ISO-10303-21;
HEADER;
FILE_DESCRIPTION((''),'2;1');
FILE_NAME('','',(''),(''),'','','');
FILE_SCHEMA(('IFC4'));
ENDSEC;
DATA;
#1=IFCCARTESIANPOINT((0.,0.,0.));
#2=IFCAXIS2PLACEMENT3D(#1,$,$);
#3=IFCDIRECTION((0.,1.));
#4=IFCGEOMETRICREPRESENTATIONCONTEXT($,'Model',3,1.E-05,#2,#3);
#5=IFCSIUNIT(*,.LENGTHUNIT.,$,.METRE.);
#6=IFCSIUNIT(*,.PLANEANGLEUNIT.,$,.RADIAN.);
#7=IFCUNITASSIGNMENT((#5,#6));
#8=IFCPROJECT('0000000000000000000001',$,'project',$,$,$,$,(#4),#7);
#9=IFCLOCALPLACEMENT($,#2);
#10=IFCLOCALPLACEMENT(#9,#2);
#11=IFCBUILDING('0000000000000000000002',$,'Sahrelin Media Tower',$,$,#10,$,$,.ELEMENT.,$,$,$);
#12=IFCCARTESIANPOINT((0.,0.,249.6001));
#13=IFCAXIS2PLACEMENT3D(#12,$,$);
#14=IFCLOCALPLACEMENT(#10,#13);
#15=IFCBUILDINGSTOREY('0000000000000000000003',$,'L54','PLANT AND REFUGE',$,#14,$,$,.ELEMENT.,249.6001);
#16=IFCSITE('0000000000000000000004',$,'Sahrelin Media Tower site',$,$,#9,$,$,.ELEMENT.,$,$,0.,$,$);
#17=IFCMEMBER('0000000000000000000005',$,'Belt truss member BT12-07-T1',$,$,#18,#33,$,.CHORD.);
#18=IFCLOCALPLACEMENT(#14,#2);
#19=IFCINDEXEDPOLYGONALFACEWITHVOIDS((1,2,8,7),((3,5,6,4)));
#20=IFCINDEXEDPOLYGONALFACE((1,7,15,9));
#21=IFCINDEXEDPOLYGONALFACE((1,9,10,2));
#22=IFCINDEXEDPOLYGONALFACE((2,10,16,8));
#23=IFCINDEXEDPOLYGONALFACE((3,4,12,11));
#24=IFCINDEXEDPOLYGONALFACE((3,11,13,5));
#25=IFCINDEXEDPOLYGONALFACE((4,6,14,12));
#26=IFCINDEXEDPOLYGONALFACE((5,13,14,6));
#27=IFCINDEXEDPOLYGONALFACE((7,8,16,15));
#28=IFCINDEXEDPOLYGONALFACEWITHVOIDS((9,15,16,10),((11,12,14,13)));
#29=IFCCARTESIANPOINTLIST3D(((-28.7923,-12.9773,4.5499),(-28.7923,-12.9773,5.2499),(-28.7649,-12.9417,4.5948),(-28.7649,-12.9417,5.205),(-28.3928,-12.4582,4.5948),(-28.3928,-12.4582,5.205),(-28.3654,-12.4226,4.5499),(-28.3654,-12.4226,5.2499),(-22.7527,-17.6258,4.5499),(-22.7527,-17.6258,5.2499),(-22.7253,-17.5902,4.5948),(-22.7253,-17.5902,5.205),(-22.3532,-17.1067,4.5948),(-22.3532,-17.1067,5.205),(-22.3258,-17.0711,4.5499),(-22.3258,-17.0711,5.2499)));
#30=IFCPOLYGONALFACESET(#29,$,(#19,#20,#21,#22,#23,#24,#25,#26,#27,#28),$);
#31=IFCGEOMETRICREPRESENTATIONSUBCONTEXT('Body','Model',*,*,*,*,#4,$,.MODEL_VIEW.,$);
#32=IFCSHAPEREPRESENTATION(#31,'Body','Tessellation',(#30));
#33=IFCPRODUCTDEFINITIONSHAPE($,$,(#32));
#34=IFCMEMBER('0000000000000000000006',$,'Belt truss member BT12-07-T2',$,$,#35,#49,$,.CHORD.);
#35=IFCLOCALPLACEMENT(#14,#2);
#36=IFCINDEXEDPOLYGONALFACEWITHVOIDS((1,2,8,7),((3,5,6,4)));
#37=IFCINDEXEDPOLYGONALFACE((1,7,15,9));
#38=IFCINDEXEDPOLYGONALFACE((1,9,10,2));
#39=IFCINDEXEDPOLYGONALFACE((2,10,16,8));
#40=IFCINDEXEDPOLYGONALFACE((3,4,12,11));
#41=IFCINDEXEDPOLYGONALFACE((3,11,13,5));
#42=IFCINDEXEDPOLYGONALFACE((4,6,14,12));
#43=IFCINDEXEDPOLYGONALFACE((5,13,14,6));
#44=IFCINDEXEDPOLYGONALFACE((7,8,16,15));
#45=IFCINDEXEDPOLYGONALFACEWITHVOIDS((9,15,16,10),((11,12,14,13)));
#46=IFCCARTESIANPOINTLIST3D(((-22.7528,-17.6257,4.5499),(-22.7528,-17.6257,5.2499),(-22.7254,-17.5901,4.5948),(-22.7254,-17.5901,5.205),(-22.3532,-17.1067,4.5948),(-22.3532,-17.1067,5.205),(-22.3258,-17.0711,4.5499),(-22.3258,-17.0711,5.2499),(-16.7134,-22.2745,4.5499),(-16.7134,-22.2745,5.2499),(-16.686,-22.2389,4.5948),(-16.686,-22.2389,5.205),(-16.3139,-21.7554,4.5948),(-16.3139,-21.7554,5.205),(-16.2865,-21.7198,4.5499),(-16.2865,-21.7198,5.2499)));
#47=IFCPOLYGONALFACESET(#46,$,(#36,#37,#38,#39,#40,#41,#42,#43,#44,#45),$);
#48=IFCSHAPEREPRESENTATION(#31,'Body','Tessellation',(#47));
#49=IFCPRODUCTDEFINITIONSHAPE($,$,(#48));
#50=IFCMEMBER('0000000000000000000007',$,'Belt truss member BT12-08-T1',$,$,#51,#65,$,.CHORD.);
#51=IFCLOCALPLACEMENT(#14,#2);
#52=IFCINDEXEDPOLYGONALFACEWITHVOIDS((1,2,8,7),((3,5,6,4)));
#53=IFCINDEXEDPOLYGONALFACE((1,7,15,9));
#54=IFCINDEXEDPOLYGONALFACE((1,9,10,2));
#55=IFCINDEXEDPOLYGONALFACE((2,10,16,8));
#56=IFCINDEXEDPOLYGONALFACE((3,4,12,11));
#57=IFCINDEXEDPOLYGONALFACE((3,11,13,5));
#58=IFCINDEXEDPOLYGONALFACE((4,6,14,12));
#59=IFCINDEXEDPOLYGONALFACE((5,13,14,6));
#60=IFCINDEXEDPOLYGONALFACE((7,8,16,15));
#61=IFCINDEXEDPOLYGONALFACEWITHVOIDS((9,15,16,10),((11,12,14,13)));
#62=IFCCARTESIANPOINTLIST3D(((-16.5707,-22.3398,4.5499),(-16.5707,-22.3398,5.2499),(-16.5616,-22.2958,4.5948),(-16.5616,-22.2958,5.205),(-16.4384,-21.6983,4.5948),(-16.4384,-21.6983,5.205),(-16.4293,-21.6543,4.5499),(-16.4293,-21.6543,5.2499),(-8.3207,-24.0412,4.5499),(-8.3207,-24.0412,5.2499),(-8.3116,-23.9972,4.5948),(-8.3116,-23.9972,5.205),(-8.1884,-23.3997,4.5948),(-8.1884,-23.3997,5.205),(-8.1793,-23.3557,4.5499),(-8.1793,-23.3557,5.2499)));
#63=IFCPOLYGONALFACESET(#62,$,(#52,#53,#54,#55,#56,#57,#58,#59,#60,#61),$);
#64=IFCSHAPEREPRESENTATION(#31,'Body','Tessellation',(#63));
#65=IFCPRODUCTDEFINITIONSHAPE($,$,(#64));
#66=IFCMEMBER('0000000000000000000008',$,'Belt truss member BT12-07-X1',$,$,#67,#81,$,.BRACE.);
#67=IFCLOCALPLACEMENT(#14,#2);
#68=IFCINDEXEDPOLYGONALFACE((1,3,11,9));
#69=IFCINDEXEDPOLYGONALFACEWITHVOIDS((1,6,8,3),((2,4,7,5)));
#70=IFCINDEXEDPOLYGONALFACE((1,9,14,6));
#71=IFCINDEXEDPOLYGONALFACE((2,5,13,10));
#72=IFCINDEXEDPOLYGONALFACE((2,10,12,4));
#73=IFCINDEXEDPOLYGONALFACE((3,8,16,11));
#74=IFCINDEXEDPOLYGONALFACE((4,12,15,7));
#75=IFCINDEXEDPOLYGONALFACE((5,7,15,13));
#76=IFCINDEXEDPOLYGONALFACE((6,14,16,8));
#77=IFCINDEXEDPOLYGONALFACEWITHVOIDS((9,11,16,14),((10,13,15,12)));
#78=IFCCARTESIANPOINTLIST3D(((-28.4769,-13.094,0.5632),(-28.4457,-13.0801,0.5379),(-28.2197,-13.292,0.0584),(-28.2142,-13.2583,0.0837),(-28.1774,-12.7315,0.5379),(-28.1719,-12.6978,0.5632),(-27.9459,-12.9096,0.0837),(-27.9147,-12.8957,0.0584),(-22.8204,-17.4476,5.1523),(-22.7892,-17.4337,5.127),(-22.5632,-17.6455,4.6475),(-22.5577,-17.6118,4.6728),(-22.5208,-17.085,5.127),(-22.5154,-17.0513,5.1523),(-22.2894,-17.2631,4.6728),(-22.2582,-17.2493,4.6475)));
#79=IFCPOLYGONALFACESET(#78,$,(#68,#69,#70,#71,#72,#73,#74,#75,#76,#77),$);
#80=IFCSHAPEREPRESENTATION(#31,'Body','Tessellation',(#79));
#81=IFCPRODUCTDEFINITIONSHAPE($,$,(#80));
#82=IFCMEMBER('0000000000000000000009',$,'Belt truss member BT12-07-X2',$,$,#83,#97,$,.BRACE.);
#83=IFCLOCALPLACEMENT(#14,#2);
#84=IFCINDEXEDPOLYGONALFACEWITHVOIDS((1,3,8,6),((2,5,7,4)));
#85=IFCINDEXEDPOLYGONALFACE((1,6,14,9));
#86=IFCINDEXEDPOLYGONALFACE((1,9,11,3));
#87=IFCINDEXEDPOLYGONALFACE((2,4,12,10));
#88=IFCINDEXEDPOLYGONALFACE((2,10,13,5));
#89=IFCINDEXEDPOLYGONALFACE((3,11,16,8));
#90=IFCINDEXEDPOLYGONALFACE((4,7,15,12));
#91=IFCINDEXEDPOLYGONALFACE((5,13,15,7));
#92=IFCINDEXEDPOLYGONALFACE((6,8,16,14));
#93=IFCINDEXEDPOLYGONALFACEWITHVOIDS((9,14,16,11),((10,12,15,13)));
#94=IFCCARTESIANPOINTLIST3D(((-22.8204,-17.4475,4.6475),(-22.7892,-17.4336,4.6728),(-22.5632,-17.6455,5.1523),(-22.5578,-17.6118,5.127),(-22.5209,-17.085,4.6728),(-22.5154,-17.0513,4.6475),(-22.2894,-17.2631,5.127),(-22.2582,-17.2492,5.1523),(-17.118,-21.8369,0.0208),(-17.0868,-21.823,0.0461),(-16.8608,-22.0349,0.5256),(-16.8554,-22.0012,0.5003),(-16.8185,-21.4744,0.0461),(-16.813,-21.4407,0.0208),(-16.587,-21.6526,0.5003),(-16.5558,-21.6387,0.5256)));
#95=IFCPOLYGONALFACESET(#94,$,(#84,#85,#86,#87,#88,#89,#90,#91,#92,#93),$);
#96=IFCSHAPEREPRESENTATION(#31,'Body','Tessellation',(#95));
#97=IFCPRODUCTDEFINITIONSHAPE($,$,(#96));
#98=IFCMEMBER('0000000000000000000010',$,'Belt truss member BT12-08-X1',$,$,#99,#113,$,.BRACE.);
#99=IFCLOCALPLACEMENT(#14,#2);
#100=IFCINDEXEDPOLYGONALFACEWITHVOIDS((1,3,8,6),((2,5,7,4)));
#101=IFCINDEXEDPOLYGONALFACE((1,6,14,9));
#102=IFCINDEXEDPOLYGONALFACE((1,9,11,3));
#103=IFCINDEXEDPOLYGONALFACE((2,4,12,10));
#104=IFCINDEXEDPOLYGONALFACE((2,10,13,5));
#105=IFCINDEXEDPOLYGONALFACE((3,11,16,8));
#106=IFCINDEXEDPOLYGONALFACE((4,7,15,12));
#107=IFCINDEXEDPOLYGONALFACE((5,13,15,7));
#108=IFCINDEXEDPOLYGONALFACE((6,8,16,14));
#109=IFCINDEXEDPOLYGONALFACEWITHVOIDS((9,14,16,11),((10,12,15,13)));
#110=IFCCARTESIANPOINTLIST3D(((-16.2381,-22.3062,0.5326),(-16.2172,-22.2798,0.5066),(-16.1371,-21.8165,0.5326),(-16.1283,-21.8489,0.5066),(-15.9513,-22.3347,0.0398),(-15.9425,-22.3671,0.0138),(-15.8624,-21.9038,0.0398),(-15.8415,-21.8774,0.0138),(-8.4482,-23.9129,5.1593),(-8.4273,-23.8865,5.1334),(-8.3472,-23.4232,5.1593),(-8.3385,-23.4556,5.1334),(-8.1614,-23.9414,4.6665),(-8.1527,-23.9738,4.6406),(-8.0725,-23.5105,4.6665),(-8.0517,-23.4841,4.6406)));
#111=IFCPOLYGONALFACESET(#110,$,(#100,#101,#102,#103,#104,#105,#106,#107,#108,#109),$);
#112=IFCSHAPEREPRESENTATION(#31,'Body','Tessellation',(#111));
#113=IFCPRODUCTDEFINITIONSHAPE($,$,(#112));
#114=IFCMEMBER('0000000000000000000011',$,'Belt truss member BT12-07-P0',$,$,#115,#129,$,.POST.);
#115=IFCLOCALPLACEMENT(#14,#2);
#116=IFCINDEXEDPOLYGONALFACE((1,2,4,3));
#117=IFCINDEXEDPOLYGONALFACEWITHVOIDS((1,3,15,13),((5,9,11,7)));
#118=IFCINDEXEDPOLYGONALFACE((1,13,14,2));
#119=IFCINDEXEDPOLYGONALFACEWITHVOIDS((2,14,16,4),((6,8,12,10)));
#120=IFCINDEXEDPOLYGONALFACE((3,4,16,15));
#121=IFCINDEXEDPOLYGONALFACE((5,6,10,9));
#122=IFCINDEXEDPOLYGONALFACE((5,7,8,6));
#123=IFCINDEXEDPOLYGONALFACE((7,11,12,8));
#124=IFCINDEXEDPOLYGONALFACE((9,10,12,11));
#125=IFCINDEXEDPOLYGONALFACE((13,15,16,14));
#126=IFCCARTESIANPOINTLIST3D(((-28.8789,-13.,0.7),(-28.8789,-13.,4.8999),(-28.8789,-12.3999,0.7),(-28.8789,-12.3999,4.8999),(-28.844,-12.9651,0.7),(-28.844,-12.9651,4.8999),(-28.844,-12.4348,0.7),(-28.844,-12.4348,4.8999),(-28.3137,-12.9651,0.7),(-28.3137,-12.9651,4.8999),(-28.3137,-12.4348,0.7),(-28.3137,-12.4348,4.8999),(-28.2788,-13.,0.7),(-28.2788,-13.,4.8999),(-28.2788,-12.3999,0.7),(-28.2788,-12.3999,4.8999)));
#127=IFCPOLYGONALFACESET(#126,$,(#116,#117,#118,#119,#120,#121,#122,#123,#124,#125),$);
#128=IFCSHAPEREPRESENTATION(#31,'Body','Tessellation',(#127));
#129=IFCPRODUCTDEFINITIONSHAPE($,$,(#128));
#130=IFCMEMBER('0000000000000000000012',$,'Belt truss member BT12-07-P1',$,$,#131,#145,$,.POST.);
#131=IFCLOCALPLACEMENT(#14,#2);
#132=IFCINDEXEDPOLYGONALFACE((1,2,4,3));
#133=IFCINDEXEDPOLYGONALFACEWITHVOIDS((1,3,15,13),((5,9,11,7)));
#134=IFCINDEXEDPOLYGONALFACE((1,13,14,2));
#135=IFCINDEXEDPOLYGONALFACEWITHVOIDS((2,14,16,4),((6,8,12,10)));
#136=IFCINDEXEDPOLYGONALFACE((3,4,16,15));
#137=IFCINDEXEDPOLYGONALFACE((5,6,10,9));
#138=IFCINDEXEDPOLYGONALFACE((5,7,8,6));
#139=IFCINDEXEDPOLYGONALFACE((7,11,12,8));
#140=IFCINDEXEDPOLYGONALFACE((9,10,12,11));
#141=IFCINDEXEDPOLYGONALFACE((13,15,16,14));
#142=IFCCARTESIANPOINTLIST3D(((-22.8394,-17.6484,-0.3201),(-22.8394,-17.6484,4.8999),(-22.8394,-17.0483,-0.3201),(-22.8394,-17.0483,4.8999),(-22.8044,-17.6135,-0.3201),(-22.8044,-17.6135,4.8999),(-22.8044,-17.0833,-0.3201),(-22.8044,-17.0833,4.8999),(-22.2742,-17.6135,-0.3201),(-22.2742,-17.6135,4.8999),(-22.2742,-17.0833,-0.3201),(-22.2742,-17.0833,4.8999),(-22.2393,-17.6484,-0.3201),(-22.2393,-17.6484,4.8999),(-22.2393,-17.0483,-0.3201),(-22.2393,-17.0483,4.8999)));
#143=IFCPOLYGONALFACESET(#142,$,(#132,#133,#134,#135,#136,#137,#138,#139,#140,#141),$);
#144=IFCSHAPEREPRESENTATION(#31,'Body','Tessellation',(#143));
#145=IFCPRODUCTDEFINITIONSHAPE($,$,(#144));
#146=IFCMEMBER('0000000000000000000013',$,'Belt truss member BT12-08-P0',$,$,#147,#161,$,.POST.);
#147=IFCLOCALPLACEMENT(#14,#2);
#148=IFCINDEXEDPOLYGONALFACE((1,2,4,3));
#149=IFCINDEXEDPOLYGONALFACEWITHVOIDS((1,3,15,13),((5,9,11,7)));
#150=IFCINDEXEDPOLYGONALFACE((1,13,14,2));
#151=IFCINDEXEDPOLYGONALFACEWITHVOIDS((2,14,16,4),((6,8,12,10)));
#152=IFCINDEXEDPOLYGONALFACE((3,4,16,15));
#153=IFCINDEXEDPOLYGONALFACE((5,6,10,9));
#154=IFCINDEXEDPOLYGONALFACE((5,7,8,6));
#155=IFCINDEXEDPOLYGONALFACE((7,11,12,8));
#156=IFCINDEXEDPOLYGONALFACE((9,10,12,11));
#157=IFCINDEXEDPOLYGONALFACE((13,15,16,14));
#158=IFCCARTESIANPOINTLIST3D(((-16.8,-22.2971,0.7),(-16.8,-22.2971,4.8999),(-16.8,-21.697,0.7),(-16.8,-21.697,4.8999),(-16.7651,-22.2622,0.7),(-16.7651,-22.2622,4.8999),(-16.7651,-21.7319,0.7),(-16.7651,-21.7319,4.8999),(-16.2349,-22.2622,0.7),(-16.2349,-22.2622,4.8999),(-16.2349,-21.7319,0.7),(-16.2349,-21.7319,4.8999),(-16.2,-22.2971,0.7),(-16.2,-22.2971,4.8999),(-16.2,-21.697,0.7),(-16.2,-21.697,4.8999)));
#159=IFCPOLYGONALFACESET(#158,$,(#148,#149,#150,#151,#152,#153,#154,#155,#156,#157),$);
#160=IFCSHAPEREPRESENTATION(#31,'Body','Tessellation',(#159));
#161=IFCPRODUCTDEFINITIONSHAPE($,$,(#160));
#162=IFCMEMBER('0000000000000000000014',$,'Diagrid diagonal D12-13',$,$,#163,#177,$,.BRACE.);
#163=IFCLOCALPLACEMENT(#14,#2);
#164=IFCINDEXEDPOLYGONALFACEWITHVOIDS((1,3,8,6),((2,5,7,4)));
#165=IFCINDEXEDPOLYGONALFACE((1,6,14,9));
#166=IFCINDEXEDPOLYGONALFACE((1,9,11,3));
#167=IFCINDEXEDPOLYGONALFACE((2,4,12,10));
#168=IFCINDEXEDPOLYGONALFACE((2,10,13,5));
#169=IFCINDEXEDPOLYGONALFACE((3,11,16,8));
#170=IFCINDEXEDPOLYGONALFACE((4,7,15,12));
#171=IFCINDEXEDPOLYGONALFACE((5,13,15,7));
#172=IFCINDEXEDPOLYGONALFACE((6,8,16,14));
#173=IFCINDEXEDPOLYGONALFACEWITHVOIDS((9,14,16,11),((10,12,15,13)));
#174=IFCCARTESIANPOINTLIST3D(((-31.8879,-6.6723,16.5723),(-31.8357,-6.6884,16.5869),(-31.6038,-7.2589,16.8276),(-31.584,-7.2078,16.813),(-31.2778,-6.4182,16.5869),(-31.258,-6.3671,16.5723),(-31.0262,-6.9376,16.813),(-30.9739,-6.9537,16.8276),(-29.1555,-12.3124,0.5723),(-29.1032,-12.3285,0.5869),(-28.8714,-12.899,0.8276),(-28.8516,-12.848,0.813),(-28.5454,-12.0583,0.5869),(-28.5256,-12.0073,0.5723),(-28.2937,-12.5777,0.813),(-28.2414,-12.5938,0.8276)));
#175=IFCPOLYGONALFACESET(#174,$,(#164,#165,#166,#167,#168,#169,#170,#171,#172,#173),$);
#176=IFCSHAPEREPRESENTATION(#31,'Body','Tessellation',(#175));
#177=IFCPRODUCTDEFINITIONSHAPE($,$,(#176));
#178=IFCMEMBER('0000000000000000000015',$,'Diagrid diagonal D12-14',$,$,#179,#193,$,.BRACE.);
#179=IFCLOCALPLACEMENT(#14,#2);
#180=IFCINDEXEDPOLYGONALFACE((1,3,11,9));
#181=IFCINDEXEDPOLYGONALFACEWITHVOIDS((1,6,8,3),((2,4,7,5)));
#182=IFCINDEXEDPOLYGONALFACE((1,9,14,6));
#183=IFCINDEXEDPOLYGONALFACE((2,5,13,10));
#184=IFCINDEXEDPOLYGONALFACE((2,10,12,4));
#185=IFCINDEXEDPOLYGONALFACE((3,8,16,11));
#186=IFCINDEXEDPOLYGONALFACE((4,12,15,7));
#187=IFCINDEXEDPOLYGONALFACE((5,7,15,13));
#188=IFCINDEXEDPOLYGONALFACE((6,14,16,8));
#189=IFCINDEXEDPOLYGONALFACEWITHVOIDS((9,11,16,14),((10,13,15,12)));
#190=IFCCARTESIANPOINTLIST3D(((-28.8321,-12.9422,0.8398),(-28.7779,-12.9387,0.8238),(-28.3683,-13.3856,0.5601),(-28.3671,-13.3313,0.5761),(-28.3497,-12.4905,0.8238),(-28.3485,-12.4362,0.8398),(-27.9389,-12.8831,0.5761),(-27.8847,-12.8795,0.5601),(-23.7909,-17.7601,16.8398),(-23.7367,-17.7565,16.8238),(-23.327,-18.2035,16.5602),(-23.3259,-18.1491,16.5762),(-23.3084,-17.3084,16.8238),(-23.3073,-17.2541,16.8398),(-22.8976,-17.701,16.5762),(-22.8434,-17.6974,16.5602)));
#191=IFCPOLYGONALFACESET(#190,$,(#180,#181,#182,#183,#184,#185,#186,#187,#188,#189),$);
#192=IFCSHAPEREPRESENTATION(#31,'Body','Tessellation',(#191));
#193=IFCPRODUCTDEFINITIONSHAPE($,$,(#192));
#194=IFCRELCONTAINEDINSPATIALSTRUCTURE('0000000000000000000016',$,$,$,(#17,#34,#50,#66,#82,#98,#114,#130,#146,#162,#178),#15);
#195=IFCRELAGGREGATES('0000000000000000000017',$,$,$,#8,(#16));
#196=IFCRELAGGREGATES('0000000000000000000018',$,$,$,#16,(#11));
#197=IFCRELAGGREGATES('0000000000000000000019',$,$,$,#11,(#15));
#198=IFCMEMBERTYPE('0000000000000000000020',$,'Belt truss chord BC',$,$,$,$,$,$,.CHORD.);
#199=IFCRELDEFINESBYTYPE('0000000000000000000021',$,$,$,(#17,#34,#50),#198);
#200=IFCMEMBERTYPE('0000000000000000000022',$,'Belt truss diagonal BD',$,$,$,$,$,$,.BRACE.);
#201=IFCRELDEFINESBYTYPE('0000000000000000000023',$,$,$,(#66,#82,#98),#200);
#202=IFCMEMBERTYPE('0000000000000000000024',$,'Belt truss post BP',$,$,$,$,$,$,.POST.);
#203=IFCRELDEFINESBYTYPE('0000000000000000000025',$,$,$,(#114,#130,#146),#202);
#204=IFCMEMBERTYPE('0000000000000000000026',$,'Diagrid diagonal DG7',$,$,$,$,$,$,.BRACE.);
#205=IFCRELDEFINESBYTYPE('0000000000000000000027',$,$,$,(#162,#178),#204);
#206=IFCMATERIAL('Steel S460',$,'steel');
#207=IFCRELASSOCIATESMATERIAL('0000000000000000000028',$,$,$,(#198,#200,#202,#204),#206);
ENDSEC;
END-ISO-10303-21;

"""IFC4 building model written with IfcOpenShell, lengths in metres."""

from ifc_helpers import new_model, si_unit, direction, frame, origin, origin_2d, place, context, subcontext, project, spatial, hollow_rectangle, extrude, material, material_profile, profile_set, type_object, element, save


model = new_model("IFC4")

# Units and contexts
model_context = context("Model", 3, precision=1e-05, world=origin(), true_north=direction((0.0, 1.0)))
body_context = subcontext(model_context, "Body", "Model", "MODEL_VIEW")
ifc_project = project(units=[si_unit("LENGTHUNIT", "METRE"), si_unit("PLANEANGLEUNIT", "RADIAN")], contexts=[model_context])

# Site, building, storey
site_placement = place(None, origin())
site = spatial("IfcSite", under=ifc_project, at=site_placement, Name="Sahrelin Media Tower site", CompositionType="ELEMENT", RefElevation=0.0)
building_placement = place(site_placement, origin())
building = spatial("IfcBuilding", under=site, at=building_placement, Name="Sahrelin Media Tower", CompositionType="ELEMENT")
storey_placement = place(building_placement, frame((0.0, 0.0, 249.6001)))
storey = spatial("IfcBuildingStorey", under=building, at=storey_placement, Name="L54", Description="PLANT AND REFUGE", CompositionType="ELEMENT", Elevation=249.6001)

# Members
ifc_material_1 = material(Name="Steel S460", Category="steel")
ifc_material_profile_1 = material_profile(ifc_material_1, hollow_rectangle(XDim=0.7, YDim=0.7, WallThickness=0.0449, at=origin_2d()), Name="Belt truss chord BC")
ifc_profile_set_1 = profile_set([ifc_material_profile_1], Name="Steel S460")
member_type_1 = type_object("IfcMemberType", Name="Belt truss chord BC", PredefinedType="CHORD", material=ifc_profile_set_1)
for number, where, z_axis, x_axis, name in (
    (1, (-28.5789, -12.7, 4.8999), (0.792457, -0.609927, 0.0), (0.609927, 0.792457, 0.0), "Belt truss member BT12-07-T1"),
    (2, (-22.5393, -17.3484, 4.8999), (0.79243, -0.609963, 0.0), (0.609963, 0.79243, 0.0), "Belt truss member BT12-07-T2"),
):
    element("IfcMember", number, at=place(storey_placement, frame(where, z_axis=z_axis, x_axis=x_axis)), inside=storey, type_object=member_type_1, Name=name, PredefinedType="CHORD", context=body_context, shape_type="SweptSolid", body=[
        extrude(hollow_rectangle(XDim=0.7, YDim=0.7, WallThickness=0.0449, at=origin_2d()), origin(), (0.0, 0.0, 1.0), 7.6213),
    ])
member_1_placement = place(storey_placement, frame((-16.5, -21.9971, 4.8999), z_axis=(0.979389, -0.201982, 0.0), x_axis=(0.201982, 0.979389, 0.0)))
element("IfcMember", 3, at=member_1_placement, inside=storey, type_object=member_type_1, Name="Belt truss member BT12-08-T1", PredefinedType="CHORD", context=body_context, shape_type="SweptSolid", body=[
    extrude(hollow_rectangle(XDim=0.7, YDim=0.7, WallThickness=0.0449, at=origin_2d()), origin(), (0.0, 0.0, 1.0), 8.4236),
])
ifc_material_profile_2 = material_profile(ifc_material_1, hollow_rectangle(XDim=0.5, YDim=0.6001, WallThickness=0.03, at=origin_2d()), Name="Belt truss diagonal BD")
ifc_profile_set_2 = profile_set([ifc_material_profile_2], Name="Steel S460")
member_type_2 = type_object("IfcMemberType", Name="Belt truss diagonal BD", PredefinedType="BRACE", material=ifc_profile_set_2)
member_2_placement = place(storey_placement, frame((-28.1958, -12.9949, 0.3108), z_axis=(0.666583, -0.513035, 0.540798), x_axis=(0.609919, 0.792464, 0.0)))
element("IfcMember", 4, at=member_2_placement, inside=storey, type_object=member_type_2, Name="Belt truss member BT12-07-X1", PredefinedType="BRACE", context=body_context, shape_type="SweptSolid", body=[
    extrude(hollow_rectangle(XDim=0.5, YDim=0.6001, WallThickness=0.03, at=origin_2d()), origin(), (0.0, 0.0, 1.0), 8.4858),
])
member_3_placement = place(storey_placement, frame((-16.8369, -21.7378, 0.2732), z_axis=(-0.666545, 0.513072, 0.54081), x_axis=(-0.609968, -0.792426, 0.0)))
element("IfcMember", 5, at=member_3_placement, inside=storey, type_object=member_type_2, Name="Belt truss member BT12-07-X2", PredefinedType="BRACE", context=body_context, shape_type="SweptSolid", body=[
    extrude(hollow_rectangle(XDim=0.5, YDim=0.6001, WallThickness=0.03, at=origin_2d()), origin(), (0.0, 0.0, 1.0), 8.5552),
])
member_4_placement = place(storey_placement, frame((-16.0398, -22.0918, 0.2732), z_axis=(0.846573, -0.17461, 0.502818), x_axis=(0.202004, 0.979385, 0.0)))
element("IfcMember", 6, at=member_4_placement, inside=storey, type_object=member_type_2, Name="Belt truss member BT12-08-X1", PredefinedType="BRACE", context=body_context, shape_type="SweptSolid", body=[
    extrude(hollow_rectangle(XDim=0.5, YDim=0.6001, WallThickness=0.03, at=origin_2d()), origin(), (0.0, 0.0, 1.0), 9.2017),
])
ifc_material_profile_3 = material_profile(ifc_material_1, hollow_rectangle(XDim=0.6001, YDim=0.6001, WallThickness=0.0349, at=origin_2d()), Name="Belt truss post BP")
ifc_profile_set_3 = profile_set([ifc_material_profile_3], Name="Steel S460")
member_type_3 = type_object("IfcMemberType", Name="Belt truss post BP", PredefinedType="POST", material=ifc_profile_set_3)
member_5_placement = place(storey_placement, frame((-28.5789, -12.7, 0.7), z_axis=(0.0, 0.0, 1.0), x_axis=(1.0, 0.0, 0.0)))
element("IfcMember", 7, at=member_5_placement, inside=storey, type_object=member_type_3, Name="Belt truss member BT12-07-P0", PredefinedType="POST", context=body_context, shape_type="SweptSolid", body=[
    extrude(hollow_rectangle(XDim=0.6001, YDim=0.6001, WallThickness=0.0349, at=origin_2d()), origin(), (0.0, 0.0, 1.0), 4.2),
])
member_6_placement = place(storey_placement, frame((-22.5393, -17.3484, -0.3201), z_axis=(0.0, 0.0, 1.0), x_axis=(1.0, 0.0, 0.0)))
element("IfcMember", 8, at=member_6_placement, inside=storey, type_object=member_type_3, Name="Belt truss member BT12-07-P1", PredefinedType="POST", context=body_context, shape_type="SweptSolid", body=[
    extrude(hollow_rectangle(XDim=0.6001, YDim=0.6001, WallThickness=0.0349, at=origin_2d()), origin(), (0.0, 0.0, 1.0), 5.22),
])
member_7_placement = place(storey_placement, frame((-16.5, -21.9971, 0.7), z_axis=(0.0, 0.0, 1.0), x_axis=(1.0, 0.0, 0.0)))
element("IfcMember", 9, at=member_7_placement, inside=storey, type_object=member_type_3, Name="Belt truss member BT12-08-P0", PredefinedType="POST", context=body_context, shape_type="SweptSolid", body=[
    extrude(hollow_rectangle(XDim=0.6001, YDim=0.6001, WallThickness=0.0349, at=origin_2d()), origin(), (0.0, 0.0, 1.0), 4.2),
])
ifc_material_profile_4 = material_profile(ifc_material_1, hollow_rectangle(XDim=0.7, YDim=0.7, WallThickness=0.04, at=origin_2d()), Name="Diagrid diagonal DG7")
ifc_profile_set_4 = profile_set([ifc_material_profile_4], Name="Steel S460")
member_type_4 = type_object("IfcMemberType", Name="Diagrid diagonal DG7", PredefinedType="BRACE", material=ifc_profile_set_4)
member_8_placement = place(storey_placement, frame((-28.6985, -12.4531, 0.7), z_axis=(-0.159013, 0.328227, 0.931119), x_axis=(-0.899951, -0.435991, 0.0)))
element("IfcMember", 10, at=member_8_placement, inside=storey, type_object=member_type_4, Name="Diagrid diagonal D12-13", PredefinedType="BRACE", context=body_context, shape_type="SweptSolid", body=[
    extrude(hollow_rectangle(XDim=0.7, YDim=0.7, WallThickness=0.04, at=origin_2d()), origin(), (0.0, 0.0, 1.0), 17.1836),
])
member_9_placement = place(storey_placement, frame((-28.3584, -12.9109, 0.7), z_axis=(0.288839, -0.27604, 0.916719), x_axis=(0.690908, 0.722943, 0.0)))
element("IfcMember", 11, at=member_9_placement, inside=storey, type_object=member_type_4, Name="Diagrid diagonal D12-14", PredefinedType="BRACE", context=body_context, shape_type="SweptSolid", body=[
    extrude(hollow_rectangle(XDim=0.7, YDim=0.7, WallThickness=0.04, at=origin_2d()), origin(), (0.0, 0.0, 1.0), 17.4536),
])

save(model, "model.ifc")
